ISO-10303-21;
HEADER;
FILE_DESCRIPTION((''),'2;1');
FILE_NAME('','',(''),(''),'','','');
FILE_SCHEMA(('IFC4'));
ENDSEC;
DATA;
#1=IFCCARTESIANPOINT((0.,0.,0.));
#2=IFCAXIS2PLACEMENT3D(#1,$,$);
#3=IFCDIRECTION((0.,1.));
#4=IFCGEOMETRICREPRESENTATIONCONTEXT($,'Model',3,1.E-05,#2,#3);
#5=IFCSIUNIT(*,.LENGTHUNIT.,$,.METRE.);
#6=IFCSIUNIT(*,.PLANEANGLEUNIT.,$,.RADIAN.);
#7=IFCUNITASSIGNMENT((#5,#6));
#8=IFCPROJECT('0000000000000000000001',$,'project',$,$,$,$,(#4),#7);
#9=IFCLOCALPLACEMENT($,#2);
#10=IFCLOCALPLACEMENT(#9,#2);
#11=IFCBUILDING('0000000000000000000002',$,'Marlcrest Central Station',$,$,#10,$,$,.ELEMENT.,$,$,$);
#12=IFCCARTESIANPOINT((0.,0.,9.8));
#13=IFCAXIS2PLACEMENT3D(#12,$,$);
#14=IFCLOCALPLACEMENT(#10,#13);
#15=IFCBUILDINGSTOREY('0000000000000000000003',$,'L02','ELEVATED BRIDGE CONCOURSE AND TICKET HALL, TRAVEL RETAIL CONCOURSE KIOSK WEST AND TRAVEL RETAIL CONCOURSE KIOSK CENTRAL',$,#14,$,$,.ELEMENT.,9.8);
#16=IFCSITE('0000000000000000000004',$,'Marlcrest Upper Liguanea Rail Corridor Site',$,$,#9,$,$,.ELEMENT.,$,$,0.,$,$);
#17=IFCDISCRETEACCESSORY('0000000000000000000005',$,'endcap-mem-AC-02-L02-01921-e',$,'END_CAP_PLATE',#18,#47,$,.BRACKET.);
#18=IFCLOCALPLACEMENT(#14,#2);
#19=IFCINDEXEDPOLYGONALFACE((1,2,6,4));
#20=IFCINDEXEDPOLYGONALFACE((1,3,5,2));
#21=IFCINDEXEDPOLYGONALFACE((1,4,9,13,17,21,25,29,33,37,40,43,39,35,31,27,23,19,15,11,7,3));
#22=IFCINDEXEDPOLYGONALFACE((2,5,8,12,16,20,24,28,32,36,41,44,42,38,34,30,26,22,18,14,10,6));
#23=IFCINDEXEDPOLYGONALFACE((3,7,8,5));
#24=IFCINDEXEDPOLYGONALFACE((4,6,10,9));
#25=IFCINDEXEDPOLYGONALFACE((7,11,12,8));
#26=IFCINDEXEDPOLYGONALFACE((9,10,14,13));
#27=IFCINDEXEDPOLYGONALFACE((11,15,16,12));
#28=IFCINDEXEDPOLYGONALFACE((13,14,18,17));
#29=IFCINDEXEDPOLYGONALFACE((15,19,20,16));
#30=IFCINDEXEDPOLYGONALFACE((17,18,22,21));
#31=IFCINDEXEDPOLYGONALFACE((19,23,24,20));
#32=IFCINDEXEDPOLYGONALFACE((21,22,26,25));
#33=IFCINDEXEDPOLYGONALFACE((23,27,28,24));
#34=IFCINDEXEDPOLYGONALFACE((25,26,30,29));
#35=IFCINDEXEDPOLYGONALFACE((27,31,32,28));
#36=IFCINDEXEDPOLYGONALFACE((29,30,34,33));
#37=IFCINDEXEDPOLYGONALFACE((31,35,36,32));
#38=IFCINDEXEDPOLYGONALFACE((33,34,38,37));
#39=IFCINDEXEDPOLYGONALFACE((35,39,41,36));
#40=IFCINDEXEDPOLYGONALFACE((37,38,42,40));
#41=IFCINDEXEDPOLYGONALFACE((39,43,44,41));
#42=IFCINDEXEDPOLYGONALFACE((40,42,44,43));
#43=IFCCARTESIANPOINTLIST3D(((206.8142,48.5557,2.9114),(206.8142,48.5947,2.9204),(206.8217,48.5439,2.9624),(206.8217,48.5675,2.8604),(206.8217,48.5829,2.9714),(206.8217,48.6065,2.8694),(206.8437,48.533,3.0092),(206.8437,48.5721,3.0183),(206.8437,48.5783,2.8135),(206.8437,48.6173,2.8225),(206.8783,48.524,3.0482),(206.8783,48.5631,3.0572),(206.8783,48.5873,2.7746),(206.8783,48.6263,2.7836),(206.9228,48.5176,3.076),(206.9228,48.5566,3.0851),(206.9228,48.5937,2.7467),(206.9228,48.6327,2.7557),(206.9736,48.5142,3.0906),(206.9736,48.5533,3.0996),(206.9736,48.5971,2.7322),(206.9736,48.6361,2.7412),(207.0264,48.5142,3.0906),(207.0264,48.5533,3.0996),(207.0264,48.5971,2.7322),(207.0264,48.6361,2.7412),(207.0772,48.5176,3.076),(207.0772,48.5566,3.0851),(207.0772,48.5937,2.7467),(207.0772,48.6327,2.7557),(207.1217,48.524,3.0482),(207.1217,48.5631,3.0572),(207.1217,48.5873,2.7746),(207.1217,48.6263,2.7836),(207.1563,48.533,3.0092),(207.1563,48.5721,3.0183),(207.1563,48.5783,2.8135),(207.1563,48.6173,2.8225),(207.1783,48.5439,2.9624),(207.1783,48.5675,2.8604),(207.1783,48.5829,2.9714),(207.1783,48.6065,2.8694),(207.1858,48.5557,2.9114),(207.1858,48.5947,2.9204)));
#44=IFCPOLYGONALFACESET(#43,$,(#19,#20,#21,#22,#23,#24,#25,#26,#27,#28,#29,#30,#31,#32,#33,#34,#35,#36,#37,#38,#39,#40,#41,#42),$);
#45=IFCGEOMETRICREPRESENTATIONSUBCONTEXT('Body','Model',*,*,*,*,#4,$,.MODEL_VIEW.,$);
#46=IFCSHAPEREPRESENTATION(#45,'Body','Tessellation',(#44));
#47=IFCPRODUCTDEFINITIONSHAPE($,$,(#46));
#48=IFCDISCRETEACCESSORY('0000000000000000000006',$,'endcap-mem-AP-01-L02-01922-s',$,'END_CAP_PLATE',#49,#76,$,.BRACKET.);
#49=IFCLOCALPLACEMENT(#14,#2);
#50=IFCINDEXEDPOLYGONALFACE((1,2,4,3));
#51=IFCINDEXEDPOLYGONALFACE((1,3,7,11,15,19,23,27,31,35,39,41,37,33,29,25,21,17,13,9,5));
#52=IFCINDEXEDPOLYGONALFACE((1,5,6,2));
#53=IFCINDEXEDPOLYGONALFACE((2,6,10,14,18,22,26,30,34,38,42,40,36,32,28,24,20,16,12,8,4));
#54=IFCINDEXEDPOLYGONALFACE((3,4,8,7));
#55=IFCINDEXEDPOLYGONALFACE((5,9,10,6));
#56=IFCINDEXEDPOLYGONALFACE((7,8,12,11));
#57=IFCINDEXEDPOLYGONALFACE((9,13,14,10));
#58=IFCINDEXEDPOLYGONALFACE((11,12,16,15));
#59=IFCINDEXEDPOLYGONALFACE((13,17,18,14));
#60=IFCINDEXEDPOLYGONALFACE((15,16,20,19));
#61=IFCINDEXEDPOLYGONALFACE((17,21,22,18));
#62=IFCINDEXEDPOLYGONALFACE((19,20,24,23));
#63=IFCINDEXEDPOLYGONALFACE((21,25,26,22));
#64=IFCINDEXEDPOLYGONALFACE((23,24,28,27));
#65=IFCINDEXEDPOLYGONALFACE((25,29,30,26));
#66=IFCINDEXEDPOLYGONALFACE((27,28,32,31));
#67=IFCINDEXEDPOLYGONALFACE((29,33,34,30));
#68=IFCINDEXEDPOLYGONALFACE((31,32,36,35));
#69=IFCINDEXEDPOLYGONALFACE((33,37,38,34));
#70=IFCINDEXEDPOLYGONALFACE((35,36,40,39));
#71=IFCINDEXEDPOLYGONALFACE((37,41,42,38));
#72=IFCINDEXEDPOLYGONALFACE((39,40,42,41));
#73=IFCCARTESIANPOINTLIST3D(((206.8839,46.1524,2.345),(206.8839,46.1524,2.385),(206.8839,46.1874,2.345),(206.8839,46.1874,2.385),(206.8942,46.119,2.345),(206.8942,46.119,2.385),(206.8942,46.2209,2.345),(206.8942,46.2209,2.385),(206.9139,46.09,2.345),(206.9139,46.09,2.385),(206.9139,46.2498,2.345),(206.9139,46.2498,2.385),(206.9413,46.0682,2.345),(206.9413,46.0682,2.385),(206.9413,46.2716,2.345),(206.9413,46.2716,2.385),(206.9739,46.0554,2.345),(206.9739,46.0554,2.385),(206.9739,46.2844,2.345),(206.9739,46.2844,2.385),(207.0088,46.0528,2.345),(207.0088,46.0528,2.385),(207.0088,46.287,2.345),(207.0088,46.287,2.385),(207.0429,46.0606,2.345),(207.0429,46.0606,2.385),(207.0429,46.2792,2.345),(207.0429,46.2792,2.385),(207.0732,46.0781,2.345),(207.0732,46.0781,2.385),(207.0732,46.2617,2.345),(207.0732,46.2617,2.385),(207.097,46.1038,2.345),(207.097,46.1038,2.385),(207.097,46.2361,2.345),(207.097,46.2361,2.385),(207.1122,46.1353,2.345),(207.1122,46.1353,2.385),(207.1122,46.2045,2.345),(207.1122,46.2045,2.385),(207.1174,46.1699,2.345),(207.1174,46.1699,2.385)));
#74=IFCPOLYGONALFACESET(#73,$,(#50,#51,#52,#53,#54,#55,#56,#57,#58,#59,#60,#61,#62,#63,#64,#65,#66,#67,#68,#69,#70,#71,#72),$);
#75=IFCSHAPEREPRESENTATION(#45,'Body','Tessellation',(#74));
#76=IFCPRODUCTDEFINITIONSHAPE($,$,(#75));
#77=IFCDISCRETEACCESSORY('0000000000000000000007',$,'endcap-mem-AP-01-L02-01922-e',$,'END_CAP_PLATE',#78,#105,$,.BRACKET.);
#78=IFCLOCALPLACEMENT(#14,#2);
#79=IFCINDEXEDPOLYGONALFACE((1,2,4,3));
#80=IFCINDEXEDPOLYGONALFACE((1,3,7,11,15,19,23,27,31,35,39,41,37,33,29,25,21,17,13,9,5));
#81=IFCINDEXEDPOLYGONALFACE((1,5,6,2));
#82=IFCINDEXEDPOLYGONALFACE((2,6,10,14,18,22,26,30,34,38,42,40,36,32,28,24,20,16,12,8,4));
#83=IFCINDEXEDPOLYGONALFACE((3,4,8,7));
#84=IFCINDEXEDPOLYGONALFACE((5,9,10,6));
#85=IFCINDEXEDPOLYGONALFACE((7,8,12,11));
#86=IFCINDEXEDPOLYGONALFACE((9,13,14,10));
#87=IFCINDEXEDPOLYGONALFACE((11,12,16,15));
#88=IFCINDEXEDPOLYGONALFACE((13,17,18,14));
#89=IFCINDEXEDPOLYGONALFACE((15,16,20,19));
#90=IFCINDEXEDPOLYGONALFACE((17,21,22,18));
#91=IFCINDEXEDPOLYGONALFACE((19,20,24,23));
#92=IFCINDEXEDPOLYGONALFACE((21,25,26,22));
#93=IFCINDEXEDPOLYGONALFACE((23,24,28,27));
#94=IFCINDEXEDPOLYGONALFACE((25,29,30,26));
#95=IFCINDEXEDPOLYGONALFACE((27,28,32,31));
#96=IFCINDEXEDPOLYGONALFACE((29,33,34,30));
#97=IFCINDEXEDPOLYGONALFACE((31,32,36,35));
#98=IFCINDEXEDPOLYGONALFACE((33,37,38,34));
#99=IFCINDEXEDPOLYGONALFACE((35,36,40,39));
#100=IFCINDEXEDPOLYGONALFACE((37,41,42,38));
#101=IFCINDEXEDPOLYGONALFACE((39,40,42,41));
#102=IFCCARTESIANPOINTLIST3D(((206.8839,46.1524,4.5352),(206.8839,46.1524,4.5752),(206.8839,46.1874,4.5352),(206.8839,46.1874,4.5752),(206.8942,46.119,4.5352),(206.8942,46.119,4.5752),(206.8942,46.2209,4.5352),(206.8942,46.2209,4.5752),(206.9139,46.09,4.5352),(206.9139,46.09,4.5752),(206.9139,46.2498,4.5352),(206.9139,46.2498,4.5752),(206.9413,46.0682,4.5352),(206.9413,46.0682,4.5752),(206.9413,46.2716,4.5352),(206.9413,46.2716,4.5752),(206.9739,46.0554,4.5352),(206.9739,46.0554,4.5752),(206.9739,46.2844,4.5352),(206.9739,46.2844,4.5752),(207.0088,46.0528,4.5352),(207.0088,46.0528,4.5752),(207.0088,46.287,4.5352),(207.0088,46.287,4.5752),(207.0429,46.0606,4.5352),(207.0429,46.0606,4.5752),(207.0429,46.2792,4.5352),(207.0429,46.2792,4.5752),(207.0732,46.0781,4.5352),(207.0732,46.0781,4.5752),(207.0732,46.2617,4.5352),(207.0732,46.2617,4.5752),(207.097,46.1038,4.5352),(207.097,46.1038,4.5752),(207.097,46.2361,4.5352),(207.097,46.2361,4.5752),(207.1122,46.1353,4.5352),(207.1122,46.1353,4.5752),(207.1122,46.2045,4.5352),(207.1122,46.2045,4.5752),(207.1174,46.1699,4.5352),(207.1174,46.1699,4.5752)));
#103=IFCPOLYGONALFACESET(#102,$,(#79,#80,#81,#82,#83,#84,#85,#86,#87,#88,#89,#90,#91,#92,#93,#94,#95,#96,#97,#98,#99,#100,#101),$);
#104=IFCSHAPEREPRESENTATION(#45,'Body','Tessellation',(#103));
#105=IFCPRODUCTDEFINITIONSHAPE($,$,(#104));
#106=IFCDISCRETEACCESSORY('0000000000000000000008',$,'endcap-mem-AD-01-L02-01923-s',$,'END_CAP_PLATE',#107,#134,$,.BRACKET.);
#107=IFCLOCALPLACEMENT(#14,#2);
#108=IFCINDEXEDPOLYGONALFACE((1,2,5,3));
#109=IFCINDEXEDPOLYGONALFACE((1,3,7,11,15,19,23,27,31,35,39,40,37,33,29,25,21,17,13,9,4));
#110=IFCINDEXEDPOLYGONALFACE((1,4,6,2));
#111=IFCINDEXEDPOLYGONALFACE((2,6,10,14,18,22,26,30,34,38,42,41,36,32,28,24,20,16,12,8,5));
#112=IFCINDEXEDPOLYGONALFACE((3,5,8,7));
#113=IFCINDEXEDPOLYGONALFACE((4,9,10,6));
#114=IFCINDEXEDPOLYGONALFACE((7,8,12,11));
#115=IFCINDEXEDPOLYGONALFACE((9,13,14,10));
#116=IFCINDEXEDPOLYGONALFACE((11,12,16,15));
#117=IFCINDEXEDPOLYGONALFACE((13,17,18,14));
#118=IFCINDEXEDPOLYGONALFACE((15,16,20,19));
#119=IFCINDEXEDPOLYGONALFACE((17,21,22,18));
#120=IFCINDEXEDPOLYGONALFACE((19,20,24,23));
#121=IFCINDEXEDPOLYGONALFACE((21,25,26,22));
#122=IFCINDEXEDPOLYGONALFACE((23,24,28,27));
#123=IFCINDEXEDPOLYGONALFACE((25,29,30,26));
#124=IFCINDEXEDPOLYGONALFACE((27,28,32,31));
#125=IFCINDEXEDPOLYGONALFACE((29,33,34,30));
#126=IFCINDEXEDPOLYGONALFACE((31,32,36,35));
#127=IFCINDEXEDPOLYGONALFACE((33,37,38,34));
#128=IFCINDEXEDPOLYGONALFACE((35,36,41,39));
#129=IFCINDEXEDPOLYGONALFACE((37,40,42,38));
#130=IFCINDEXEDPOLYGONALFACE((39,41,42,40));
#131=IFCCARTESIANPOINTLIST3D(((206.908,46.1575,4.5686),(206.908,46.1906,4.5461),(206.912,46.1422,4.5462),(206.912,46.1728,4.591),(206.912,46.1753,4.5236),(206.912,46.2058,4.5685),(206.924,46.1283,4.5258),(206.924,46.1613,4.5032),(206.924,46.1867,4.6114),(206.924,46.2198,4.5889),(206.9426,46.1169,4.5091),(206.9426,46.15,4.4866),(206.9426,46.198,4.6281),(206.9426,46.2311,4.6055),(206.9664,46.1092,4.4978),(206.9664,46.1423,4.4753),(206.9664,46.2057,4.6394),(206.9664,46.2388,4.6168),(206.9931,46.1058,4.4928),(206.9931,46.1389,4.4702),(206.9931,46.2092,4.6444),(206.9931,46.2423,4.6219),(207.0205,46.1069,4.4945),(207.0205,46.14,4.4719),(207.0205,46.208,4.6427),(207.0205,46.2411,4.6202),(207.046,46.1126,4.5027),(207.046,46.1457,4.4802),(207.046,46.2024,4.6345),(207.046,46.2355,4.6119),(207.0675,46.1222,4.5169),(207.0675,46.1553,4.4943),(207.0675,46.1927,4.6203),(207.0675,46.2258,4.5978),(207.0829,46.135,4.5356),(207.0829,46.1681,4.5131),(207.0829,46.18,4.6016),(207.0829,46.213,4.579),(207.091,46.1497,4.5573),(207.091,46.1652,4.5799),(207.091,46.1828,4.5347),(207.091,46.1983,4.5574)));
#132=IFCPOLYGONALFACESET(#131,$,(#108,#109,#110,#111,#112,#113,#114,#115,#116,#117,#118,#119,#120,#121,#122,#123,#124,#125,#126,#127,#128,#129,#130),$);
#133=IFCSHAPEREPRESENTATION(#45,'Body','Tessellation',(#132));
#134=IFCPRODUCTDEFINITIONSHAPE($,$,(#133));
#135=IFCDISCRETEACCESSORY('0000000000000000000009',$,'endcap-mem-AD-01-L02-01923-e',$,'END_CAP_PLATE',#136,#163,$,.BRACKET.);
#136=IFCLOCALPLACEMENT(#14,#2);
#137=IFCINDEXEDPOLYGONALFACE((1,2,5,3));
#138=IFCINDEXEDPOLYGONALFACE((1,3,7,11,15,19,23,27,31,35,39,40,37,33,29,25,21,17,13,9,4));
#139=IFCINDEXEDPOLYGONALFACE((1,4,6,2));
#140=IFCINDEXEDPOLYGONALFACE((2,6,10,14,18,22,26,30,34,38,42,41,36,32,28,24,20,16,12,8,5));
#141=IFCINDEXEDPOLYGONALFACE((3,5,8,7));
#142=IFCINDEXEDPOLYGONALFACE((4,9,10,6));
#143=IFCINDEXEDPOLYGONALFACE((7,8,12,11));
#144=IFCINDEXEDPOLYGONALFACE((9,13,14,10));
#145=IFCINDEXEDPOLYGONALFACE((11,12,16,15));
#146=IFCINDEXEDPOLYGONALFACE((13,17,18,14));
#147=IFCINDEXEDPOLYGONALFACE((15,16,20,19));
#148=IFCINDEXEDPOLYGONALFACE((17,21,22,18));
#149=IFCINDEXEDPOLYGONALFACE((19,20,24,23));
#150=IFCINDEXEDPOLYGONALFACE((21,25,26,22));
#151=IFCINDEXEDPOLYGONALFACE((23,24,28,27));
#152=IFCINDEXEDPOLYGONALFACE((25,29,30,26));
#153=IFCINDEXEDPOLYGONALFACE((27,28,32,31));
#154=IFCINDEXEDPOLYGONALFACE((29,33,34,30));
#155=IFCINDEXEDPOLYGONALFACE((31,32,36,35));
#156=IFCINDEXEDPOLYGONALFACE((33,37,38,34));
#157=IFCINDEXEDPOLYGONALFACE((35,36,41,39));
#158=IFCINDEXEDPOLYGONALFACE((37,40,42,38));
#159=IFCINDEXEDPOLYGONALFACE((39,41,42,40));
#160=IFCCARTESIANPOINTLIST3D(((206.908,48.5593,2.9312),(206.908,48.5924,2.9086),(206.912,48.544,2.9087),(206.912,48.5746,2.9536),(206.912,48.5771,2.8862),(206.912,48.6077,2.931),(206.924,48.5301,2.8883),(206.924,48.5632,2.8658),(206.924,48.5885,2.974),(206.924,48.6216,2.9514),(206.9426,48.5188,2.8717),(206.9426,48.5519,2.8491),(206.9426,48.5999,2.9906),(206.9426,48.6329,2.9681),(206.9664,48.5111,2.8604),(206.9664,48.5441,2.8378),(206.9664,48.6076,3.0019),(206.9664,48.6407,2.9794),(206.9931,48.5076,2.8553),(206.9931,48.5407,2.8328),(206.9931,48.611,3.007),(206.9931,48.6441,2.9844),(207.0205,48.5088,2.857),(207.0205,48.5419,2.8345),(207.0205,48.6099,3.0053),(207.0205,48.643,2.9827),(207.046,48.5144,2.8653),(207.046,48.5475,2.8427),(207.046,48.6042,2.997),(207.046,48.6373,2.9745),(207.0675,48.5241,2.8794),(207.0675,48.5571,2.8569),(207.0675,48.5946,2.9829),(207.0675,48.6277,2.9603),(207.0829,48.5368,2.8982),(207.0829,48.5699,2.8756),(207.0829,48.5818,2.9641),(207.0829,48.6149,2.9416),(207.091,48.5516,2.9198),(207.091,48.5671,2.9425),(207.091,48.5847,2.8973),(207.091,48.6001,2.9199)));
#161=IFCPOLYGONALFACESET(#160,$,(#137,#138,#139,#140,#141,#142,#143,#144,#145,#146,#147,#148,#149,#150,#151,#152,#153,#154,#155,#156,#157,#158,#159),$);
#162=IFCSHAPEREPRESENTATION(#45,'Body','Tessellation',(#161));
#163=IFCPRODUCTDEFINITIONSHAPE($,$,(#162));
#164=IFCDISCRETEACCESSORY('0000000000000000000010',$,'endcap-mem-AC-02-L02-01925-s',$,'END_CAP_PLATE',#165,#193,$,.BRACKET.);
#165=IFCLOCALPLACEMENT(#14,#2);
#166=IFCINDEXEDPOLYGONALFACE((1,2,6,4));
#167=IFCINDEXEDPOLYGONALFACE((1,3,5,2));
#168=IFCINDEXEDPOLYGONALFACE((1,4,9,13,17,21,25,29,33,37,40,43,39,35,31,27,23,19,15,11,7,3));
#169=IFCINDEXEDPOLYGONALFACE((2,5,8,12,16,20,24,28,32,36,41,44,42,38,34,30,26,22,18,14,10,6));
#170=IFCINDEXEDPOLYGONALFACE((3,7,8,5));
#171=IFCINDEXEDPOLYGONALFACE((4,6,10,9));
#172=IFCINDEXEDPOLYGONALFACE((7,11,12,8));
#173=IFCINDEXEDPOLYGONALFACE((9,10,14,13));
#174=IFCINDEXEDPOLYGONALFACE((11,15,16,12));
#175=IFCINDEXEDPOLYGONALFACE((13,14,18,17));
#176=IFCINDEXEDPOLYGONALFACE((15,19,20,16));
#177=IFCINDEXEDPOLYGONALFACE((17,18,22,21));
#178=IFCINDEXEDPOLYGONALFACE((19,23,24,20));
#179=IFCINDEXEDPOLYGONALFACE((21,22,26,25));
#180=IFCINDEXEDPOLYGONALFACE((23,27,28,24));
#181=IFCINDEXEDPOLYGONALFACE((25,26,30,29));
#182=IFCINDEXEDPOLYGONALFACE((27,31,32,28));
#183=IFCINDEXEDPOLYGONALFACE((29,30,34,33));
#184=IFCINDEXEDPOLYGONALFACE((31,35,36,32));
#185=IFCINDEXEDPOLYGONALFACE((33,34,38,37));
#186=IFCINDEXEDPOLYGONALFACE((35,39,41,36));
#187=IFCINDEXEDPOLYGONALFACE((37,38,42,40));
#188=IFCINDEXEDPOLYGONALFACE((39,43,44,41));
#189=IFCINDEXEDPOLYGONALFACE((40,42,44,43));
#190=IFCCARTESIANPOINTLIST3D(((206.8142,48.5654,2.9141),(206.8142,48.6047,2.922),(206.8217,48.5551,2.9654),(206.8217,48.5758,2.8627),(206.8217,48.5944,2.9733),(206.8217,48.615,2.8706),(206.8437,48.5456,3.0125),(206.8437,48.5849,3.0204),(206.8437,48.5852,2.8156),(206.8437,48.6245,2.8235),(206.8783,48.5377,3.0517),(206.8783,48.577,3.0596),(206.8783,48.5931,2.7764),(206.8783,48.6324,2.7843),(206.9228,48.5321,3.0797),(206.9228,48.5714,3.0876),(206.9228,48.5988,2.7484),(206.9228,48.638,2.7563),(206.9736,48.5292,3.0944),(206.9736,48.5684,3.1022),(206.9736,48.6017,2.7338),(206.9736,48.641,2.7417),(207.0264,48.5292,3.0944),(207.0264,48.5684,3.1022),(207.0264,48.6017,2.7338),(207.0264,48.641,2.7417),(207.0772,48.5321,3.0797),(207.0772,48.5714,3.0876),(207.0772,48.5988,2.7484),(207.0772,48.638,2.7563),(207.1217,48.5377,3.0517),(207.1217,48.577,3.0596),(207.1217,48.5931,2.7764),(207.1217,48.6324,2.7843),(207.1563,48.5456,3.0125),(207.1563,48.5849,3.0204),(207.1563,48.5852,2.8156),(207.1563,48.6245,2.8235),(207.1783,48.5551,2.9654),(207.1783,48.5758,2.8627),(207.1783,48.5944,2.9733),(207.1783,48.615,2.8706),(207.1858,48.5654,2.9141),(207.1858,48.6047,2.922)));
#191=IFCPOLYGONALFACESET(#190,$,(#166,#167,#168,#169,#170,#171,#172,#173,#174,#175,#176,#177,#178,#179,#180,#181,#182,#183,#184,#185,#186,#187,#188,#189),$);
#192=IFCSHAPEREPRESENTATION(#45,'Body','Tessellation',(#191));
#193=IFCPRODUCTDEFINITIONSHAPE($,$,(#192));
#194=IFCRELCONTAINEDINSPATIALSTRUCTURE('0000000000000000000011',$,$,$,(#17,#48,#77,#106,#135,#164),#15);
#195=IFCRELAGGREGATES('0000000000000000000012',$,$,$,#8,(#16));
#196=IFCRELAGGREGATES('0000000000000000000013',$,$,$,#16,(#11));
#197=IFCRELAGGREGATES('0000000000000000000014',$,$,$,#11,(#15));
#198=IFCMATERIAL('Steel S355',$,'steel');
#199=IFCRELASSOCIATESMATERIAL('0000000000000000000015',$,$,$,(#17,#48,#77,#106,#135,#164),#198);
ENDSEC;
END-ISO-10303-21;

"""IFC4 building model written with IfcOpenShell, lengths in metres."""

from ifc_helpers import new_model, si_unit, direction, frame, origin, origin_2d, place, context, subcontext, project, spatial, circle, extrude, material, element, save


model = new_model("IFC4")

# Units and contexts
model_context = context("Model", 3, precision=1e-05, world=origin(), true_north=direction((0.0, 1.0)))
body_context = subcontext(model_context, "Body", "Model", "MODEL_VIEW")
ifc_project = project(units=[si_unit("LENGTHUNIT", "METRE"), si_unit("PLANEANGLEUNIT", "RADIAN")], contexts=[model_context])

# Site, building, storey
site_placement = place(None, origin())
site = spatial("IfcSite", under=ifc_project, at=site_placement, Name="Marlcrest Upper Liguanea Rail Corridor Site", CompositionType="ELEMENT", RefElevation=0.0)
building_placement = place(site_placement, origin())
building = spatial("IfcBuilding", under=site, at=building_placement, Name="Marlcrest Central Station", CompositionType="ELEMENT")
storey_placement = place(building_placement, frame((0.0, 0.0, 9.8)))
storey = spatial("IfcBuildingStorey", under=building, at=storey_placement, Name="L02", Description="ELEVATED BRIDGE CONCOURSE AND TICKET HALL, TRAVEL RETAIL CONCOURSE KIOSK WEST AND TRAVEL RETAIL CONCOURSE KIOSK CENTRAL", CompositionType="ELEMENT", Elevation=9.8)

# Shared definitions
ifc_material_1 = material(Name="Steel S355", Category="steel")

# Discrete accessories
for number, where, z_axis, x_axis, name in (
    (1, (207.0, 48.5557, 2.9114), (0.0, 0.974308, 0.22522), (-1.0, 0.0, 0.0), "endcap-mem-AC-02-L02-01921-e"),
):
    element("IfcDiscreteAccessory", number, at=place(storey_placement, frame(where, z_axis=z_axis, x_axis=x_axis)), inside=storey, material=ifc_material_1, Name=name, ObjectType="END_CAP_PLATE", PredefinedType="BRACKET", context=body_context, shape_type="SweptSolid", body=[
        extrude(circle(Radius=0.1858, at=origin_2d()), origin(), (0.0, 0.0, 1.0), 0.04),
    ])
for number, where, z_axis, x_axis, name in (
    (2, (207.0, 46.1699, 2.345), (0.0, 0.0, 1.0), (1.0, 0.0, 0.0), "endcap-mem-AP-01-L02-01922-s"),
    (3, (207.0, 46.1699, 4.5352), (0.0, 0.0, 1.0), (1.0, 0.0, 0.0), "endcap-mem-AP-01-L02-01922-e"),
):
    element("IfcDiscreteAccessory", number, at=place(storey_placement, frame(where, z_axis=z_axis, x_axis=x_axis)), inside=storey, material=ifc_material_1, Name=name, ObjectType="END_CAP_PLATE", PredefinedType="BRACKET", context=body_context, shape_type="SweptSolid", body=[
        extrude(circle(Radius=0.1174, at=origin_2d()), origin(), (0.0, 0.0, 1.0), 0.04),
    ])
for number, where, z_axis, x_axis, name in (
    (4, (207.0, 46.1575, 4.5686), (0.0, 0.826263, -0.563285), (-1.0, 0.0, 0.0), "endcap-mem-AD-01-L02-01923-s"),
    (5, (207.0, 48.5593, 2.9312), (0.0, 0.826263, -0.563285), (-1.0, 0.0, 0.0), "endcap-mem-AD-01-L02-01923-e"),
):
    element("IfcDiscreteAccessory", number, at=place(storey_placement, frame(where, z_axis=z_axis, x_axis=x_axis)), inside=storey, material=ifc_material_1, Name=name, ObjectType="END_CAP_PLATE", PredefinedType="BRACKET", context=body_context, shape_type="SweptSolid", body=[
        extrude(circle(Radius=0.092, at=origin_2d()), origin(), (0.0, 0.0, 1.0), 0.04),
    ])
discrete_accessory_1_placement = place(storey_placement, frame((207.0, 48.5654, 2.9141), z_axis=(0.0, 0.980359, 0.197219), x_axis=(-1.0, 0.0, 0.0)))
element("IfcDiscreteAccessory", 6, at=discrete_accessory_1_placement, inside=storey, material=ifc_material_1, Name="endcap-mem-AC-02-L02-01925-s", ObjectType="END_CAP_PLATE", PredefinedType="BRACKET", context=body_context, shape_type="SweptSolid", body=[
    extrude(circle(Radius=0.1858, at=origin_2d()), origin(), (0.0, 0.0, 1.0), 0.04),
])

save(model, "model.ifc")
